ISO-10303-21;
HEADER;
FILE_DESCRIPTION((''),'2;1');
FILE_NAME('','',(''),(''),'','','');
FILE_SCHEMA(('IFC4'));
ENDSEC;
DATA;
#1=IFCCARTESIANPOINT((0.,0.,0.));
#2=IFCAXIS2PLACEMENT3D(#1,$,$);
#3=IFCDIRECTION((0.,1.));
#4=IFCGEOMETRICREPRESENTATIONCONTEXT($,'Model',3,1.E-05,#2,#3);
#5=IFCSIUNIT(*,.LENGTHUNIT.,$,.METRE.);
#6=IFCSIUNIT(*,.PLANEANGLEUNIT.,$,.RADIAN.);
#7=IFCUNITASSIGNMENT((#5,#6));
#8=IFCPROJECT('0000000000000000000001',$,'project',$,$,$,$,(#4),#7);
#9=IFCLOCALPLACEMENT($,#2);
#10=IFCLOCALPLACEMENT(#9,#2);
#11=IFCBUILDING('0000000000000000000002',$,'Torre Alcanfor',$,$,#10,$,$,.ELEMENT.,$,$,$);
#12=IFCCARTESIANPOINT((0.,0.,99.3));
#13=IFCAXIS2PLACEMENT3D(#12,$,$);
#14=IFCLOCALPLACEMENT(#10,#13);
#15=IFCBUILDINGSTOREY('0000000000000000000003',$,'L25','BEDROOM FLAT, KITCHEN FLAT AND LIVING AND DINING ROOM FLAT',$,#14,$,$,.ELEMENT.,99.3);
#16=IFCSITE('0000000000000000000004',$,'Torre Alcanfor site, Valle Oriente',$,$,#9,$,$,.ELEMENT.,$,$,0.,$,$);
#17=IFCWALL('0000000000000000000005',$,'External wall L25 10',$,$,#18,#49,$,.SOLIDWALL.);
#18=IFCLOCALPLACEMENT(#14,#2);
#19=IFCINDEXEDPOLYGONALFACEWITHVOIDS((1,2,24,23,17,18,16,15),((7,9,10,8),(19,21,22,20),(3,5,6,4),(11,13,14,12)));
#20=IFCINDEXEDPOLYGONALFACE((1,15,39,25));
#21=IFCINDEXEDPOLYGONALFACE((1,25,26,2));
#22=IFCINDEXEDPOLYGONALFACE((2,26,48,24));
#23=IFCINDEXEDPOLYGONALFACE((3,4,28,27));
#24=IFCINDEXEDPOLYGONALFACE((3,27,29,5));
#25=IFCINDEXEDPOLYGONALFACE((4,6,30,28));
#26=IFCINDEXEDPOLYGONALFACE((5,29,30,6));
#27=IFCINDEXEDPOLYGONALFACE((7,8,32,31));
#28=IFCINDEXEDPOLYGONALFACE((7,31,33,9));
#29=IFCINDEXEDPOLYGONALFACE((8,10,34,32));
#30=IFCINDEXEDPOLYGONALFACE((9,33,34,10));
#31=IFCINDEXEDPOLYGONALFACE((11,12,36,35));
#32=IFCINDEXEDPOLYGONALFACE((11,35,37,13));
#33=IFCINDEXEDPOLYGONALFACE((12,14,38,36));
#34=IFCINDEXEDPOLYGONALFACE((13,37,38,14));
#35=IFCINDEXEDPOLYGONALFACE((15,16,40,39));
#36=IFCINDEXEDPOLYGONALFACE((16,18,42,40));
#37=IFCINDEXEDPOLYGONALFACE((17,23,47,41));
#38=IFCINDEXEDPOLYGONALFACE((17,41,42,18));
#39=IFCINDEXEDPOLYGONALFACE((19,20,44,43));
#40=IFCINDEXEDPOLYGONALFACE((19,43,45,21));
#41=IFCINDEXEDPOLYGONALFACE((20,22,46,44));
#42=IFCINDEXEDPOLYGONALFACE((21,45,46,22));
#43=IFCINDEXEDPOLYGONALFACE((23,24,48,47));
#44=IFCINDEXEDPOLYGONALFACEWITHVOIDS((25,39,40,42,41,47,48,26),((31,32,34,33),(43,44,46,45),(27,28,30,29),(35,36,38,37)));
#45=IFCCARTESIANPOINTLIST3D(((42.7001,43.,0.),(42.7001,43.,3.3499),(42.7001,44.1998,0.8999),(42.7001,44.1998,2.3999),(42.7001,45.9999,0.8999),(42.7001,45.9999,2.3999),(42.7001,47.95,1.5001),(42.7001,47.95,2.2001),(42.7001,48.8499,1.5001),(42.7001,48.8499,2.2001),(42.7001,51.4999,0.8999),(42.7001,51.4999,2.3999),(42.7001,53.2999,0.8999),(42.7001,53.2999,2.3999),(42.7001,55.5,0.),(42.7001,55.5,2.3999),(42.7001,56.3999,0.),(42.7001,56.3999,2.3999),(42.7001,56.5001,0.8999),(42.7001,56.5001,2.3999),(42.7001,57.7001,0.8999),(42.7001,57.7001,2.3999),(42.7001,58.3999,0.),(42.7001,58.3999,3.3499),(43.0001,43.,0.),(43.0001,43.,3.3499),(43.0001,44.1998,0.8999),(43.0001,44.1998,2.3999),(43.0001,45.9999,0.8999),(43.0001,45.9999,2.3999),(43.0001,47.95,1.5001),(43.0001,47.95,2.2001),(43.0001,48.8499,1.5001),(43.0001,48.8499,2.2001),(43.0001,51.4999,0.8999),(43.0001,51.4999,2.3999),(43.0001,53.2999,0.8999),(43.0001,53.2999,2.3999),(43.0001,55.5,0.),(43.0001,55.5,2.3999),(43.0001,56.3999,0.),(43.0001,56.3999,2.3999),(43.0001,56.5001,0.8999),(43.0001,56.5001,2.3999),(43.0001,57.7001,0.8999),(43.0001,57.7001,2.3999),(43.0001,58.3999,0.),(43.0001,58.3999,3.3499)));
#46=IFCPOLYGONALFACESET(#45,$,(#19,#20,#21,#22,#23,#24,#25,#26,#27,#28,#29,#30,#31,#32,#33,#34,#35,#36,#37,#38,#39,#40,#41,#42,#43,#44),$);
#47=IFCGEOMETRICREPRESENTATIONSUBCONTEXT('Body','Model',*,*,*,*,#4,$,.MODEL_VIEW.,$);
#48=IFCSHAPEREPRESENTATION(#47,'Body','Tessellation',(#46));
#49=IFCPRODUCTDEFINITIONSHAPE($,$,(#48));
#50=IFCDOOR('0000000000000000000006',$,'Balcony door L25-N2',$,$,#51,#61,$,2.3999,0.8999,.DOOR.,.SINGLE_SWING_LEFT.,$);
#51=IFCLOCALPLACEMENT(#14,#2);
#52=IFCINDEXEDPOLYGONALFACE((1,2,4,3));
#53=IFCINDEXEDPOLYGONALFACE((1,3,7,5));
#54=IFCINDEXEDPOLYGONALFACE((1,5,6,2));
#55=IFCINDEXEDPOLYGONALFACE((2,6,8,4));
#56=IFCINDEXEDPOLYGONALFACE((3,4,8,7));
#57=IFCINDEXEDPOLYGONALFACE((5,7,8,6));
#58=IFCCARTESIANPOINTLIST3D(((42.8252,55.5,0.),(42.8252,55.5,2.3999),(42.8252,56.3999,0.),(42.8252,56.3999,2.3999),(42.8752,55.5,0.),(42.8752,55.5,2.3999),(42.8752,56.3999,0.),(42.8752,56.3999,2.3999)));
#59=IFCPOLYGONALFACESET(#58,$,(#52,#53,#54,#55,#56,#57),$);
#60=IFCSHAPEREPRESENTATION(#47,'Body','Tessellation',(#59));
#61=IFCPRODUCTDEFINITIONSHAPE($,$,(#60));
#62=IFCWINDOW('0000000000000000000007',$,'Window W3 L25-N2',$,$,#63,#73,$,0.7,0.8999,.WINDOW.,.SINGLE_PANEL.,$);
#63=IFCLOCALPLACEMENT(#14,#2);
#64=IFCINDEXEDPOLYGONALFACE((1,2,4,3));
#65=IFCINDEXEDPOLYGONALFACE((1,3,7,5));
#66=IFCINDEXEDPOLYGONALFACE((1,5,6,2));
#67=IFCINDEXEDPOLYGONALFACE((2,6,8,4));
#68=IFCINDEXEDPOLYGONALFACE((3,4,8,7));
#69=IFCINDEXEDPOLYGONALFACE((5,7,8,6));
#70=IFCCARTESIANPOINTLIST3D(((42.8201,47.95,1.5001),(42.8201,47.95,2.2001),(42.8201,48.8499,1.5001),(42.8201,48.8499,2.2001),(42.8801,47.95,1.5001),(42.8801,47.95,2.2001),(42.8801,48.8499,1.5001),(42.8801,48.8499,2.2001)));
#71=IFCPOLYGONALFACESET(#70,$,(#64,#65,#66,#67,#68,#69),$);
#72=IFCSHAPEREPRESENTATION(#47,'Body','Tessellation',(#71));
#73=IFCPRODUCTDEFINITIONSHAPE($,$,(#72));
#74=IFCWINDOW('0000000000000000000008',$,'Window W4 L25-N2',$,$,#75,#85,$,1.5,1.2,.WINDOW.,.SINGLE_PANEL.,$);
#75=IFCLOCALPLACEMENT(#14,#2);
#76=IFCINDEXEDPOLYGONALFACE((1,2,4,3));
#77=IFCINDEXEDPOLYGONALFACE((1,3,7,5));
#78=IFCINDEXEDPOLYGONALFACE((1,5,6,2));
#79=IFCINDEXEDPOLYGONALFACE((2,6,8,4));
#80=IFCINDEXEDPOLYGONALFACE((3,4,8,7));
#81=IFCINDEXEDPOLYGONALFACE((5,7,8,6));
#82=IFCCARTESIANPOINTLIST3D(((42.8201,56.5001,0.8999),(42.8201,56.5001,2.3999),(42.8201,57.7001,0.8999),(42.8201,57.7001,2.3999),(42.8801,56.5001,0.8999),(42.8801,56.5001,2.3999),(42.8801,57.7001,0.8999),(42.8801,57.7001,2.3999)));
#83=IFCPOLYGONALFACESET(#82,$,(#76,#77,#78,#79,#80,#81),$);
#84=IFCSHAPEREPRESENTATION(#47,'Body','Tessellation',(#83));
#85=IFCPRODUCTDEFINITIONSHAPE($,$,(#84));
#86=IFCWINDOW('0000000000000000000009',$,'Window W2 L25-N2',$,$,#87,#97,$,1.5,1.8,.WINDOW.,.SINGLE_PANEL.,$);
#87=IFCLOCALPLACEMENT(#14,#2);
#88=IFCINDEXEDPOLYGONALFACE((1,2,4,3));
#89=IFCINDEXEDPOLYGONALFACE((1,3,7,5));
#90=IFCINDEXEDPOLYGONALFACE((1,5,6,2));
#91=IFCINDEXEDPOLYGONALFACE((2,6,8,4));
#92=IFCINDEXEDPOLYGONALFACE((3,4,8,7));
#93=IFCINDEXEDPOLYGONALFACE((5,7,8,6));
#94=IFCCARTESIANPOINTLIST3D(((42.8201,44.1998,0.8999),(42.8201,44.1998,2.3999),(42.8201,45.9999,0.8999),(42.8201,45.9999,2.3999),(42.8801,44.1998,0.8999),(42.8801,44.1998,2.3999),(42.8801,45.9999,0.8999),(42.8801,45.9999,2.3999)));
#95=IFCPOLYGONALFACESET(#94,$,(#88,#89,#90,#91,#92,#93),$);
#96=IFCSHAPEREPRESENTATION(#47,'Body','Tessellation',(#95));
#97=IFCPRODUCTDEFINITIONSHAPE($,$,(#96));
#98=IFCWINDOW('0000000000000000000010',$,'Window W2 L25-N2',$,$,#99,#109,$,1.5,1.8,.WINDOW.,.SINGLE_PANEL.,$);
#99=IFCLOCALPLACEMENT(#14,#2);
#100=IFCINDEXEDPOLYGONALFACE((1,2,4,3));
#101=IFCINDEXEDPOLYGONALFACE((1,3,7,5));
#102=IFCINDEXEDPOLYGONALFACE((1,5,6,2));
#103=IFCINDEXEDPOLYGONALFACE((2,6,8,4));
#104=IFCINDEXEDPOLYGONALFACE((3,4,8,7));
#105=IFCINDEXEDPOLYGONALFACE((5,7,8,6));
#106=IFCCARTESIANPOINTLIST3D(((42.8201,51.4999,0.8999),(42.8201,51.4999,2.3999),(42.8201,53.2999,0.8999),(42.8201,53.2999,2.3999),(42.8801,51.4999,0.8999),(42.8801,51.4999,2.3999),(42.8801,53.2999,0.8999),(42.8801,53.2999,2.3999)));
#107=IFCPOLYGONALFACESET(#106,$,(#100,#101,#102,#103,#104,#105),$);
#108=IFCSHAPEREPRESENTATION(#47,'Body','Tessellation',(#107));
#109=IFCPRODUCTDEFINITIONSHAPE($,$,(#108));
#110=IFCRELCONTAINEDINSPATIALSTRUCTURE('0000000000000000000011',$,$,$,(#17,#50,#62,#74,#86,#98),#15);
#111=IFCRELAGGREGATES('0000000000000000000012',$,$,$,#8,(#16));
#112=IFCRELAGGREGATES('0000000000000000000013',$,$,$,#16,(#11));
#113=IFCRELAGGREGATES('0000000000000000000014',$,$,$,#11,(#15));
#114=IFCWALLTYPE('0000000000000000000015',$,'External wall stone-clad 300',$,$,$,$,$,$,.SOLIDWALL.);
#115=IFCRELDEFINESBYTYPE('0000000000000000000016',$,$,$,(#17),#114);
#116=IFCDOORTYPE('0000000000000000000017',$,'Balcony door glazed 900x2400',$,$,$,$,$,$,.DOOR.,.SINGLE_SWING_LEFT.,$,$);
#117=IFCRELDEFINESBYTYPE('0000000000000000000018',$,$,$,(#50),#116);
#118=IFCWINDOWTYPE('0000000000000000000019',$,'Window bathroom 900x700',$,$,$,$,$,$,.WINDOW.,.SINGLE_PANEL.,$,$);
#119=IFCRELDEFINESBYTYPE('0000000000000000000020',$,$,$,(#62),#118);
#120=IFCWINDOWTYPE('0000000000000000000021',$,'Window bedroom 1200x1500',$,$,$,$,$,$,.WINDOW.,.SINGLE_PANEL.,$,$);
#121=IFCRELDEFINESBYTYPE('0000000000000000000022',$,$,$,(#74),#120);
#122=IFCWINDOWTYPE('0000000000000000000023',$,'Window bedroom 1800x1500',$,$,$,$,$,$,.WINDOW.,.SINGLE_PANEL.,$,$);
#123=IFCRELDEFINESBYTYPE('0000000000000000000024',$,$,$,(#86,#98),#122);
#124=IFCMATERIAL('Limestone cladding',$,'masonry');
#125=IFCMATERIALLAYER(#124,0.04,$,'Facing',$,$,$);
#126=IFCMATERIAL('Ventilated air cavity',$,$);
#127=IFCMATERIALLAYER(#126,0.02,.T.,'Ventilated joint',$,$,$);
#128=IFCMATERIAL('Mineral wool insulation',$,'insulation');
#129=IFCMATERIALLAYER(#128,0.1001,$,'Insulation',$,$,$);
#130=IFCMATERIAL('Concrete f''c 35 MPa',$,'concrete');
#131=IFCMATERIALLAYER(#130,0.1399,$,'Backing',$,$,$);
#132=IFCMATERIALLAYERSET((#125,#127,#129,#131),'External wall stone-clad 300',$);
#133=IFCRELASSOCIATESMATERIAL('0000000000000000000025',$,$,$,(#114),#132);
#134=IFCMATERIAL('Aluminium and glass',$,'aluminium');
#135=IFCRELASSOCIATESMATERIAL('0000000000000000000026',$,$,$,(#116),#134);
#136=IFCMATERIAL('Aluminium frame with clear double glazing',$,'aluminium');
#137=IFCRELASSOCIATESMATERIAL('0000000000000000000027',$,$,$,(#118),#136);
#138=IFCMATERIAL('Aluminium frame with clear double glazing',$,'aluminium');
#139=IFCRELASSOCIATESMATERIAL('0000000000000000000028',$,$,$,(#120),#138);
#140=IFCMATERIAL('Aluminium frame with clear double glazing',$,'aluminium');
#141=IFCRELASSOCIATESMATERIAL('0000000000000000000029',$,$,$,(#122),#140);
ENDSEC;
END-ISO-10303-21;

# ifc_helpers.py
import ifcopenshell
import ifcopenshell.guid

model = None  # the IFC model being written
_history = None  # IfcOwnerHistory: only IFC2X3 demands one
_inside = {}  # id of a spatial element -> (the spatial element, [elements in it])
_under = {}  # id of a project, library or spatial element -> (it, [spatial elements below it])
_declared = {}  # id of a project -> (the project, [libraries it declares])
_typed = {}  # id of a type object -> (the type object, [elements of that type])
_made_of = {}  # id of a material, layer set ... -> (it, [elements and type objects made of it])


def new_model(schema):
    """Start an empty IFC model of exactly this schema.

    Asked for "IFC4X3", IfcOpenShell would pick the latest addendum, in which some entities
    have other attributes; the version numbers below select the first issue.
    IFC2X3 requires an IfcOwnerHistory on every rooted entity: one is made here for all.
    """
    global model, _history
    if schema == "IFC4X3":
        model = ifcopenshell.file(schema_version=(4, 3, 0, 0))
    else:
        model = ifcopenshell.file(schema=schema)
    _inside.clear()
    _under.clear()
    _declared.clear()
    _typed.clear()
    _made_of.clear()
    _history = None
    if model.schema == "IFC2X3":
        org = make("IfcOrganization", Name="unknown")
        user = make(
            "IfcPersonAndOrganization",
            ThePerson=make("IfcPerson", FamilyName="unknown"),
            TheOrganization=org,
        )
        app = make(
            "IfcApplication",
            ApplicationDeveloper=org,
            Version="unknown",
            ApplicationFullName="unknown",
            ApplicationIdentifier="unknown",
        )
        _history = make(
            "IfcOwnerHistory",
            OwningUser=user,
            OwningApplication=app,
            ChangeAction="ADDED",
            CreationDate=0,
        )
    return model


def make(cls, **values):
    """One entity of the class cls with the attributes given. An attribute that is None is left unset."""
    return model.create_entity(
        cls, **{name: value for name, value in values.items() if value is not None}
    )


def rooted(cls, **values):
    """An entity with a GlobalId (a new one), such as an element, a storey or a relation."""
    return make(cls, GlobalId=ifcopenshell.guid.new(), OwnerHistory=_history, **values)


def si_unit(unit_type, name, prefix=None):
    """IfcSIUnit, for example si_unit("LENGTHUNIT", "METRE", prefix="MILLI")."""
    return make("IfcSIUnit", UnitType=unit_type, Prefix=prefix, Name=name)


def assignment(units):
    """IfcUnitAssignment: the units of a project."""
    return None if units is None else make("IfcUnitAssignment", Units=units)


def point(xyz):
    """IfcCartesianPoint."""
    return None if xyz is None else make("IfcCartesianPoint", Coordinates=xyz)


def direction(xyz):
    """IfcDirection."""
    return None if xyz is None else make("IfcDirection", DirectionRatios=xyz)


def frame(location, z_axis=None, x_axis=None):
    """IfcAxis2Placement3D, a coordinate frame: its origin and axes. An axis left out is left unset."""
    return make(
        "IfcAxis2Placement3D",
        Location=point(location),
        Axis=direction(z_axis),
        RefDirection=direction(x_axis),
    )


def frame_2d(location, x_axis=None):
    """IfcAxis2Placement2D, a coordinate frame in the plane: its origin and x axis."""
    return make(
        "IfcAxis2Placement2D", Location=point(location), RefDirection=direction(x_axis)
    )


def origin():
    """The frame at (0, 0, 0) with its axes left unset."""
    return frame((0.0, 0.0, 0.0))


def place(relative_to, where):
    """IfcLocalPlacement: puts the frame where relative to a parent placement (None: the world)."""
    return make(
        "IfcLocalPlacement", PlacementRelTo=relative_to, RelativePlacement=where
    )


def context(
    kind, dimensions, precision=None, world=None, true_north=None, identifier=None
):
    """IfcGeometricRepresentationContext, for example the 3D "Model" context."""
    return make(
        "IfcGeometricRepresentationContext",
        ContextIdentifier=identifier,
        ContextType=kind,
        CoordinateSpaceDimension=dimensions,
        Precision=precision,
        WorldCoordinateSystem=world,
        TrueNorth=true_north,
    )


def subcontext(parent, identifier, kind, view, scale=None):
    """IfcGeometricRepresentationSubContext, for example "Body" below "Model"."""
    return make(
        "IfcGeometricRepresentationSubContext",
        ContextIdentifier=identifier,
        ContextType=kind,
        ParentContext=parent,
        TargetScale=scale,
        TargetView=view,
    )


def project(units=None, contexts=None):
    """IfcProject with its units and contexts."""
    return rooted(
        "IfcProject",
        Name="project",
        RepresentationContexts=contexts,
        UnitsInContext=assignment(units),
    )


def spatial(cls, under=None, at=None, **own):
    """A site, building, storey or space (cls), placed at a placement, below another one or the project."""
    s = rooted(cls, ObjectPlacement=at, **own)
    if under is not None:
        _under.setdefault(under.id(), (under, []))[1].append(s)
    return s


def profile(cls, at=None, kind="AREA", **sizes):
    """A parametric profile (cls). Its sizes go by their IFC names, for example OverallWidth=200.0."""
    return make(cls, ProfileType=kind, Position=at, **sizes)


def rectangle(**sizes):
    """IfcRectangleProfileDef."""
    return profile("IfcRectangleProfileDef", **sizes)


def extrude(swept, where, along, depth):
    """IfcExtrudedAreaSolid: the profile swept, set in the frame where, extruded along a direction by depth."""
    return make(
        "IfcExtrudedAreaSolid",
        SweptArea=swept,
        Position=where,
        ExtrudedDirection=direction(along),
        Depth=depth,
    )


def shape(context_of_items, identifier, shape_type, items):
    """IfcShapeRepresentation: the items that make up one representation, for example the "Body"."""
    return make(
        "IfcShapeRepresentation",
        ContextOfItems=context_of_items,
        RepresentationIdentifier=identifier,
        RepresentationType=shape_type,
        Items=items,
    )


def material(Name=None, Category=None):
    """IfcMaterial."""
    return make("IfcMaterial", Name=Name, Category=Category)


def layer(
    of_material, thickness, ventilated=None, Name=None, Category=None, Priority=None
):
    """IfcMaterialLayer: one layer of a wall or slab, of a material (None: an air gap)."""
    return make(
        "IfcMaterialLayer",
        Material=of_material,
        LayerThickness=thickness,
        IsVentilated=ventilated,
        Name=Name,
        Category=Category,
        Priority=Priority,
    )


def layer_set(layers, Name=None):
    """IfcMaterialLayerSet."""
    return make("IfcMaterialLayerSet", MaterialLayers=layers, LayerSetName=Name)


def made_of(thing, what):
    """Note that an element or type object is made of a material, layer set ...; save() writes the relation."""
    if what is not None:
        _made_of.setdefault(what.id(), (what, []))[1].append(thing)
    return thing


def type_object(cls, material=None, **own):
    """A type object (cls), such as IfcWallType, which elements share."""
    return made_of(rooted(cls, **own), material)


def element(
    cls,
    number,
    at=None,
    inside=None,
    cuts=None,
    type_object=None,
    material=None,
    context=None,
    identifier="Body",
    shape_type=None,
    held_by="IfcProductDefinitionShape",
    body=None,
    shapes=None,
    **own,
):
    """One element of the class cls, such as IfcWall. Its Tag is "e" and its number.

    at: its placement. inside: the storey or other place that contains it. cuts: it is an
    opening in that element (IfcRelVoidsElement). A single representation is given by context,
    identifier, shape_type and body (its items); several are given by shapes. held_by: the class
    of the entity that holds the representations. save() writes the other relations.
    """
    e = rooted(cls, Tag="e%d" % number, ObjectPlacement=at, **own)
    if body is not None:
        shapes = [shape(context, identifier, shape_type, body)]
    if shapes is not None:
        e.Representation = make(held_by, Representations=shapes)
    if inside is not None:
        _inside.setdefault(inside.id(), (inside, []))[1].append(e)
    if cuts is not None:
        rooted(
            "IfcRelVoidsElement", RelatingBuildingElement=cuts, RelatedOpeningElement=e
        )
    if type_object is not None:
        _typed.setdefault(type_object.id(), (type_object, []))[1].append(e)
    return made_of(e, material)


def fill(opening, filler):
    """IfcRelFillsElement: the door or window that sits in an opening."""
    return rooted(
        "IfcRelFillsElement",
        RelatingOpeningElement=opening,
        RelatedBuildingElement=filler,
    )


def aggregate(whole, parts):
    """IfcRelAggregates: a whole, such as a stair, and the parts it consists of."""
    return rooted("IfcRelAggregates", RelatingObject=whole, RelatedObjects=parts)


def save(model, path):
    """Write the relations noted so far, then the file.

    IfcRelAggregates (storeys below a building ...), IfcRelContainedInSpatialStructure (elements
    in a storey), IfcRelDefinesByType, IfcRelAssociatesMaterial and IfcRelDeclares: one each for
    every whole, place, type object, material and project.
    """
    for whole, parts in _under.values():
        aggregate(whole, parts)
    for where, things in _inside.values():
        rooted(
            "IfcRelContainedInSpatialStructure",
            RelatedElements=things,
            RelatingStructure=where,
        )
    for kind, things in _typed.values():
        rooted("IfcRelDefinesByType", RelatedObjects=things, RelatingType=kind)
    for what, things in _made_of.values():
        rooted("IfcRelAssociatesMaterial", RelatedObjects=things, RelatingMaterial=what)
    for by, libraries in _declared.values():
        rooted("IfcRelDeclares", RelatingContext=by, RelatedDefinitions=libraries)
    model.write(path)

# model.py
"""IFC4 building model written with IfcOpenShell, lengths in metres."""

from ifc_helpers import new_model, si_unit, direction, frame, frame_2d, origin, place, context, subcontext, project, spatial, rectangle, extrude, material, layer, layer_set, type_object, element, fill, save


model = new_model("IFC4")

# Units and contexts
model_context = context("Model", 3, precision=1e-05, world=origin(), true_north=direction((0.0, 1.0)))
body_context = subcontext(model_context, "Body", "Model", "MODEL_VIEW")
ifc_project = project(units=[si_unit("LENGTHUNIT", "METRE"), si_unit("PLANEANGLEUNIT", "RADIAN")], contexts=[model_context])

# Site, building, storey
site_placement = place(None, origin())
site = spatial("IfcSite", under=ifc_project, at=site_placement, Name="Torre Alcanfor site, Valle Oriente", CompositionType="ELEMENT", RefElevation=0.0)
building_placement = place(site_placement, origin())
building = spatial("IfcBuilding", under=site, at=building_placement, Name="Torre Alcanfor", CompositionType="ELEMENT")
storey_placement = place(building_placement, frame((0.0, 0.0, 99.3)))
storey = spatial("IfcBuildingStorey", under=building, at=storey_placement, Name="L25", Description="BEDROOM FLAT, KITCHEN FLAT AND LIVING AND DINING ROOM FLAT", CompositionType="ELEMENT", Elevation=99.3)

# Wall, openings, door, windows
ifc_material_1 = material(Name="Limestone cladding", Category="masonry")
ifc_layer_1 = layer(ifc_material_1, 0.04, Name="Facing")
ifc_material_2 = material(Name="Ventilated air cavity")
ifc_layer_2 = layer(ifc_material_2, 0.02, ventilated=True, Name="Ventilated joint")
ifc_material_3 = material(Name="Mineral wool insulation", Category="insulation")
ifc_layer_3 = layer(ifc_material_3, 0.1001, Name="Insulation")
ifc_material_4 = material(Name="Concrete f'c 35 MPa", Category="concrete")
ifc_layer_4 = layer(ifc_material_4, 0.1399, Name="Backing")
ifc_layer_set_1 = layer_set([ifc_layer_1, ifc_layer_2, ifc_layer_3, ifc_layer_4], Name="External wall stone-clad 300")
wall_type_1 = type_object("IfcWallType", Name="External wall stone-clad 300", PredefinedType="SOLIDWALL", material=ifc_layer_set_1)
ifc_material_5 = material(Name="Aluminium and glass", Category="aluminium")
door_type = type_object("IfcDoorType", Name="Balcony door glazed 900x2400", OperationType="SINGLE_SWING_LEFT", PredefinedType="DOOR", material=ifc_material_5)
ifc_material_6 = material(Name="Aluminium frame with clear double glazing", Category="aluminium")
window_type_1 = type_object("IfcWindowType", Name="Window bathroom 900x700", PartitioningType="SINGLE_PANEL", PredefinedType="WINDOW", material=ifc_material_6)
ifc_material_7 = material(Name="Aluminium frame with clear double glazing", Category="aluminium")
window_type_2 = type_object("IfcWindowType", Name="Window bedroom 1200x1500", PartitioningType="SINGLE_PANEL", PredefinedType="WINDOW", material=ifc_material_7)
ifc_material_8 = material(Name="Aluminium frame with clear double glazing", Category="aluminium")
window_type_3 = type_object("IfcWindowType", Name="Window bedroom 1800x1500", PartitioningType="SINGLE_PANEL", PredefinedType="WINDOW", material=ifc_material_8)
wall_1_placement = place(storey_placement, frame((42.8501, 43.0, 0.0), z_axis=(0.0, 0.0, 1.0), x_axis=(0.0, 1.0, 0.0)))
wall_1 = element("IfcWall", 1, at=wall_1_placement, inside=storey, type_object=wall_type_1, Name="External wall L25 10", PredefinedType="SOLIDWALL", context=body_context, shape_type="SweptSolid", body=[
    extrude(rectangle(XDim=15.3999, YDim=0.3, at=frame_2d((7.7, 0.0))), origin(), (0.0, 0.0, 1.0), 3.3499),
])
opening_1_placement = place(wall_1_placement, frame((1.2, 0.0, 0.8999)))
opening_1 = element("IfcOpeningElement", 2, at=opening_1_placement, cuts=wall_1, PredefinedType="OPENING", context=body_context, shape_type="SweptSolid", body=[
    extrude(rectangle(XDim=1.8, YDim=1.5, at=frame_2d((0.8999, 0.75))), frame((0.0, 0.1599, 0.0), z_axis=(0.0, -1.0, 0.0), x_axis=(1.0, 0.0, 0.0)), (0.0, 0.0, 1.0), 0.3201),
])
opening_2_placement = place(wall_1_placement, frame((4.95, 0.0, 1.5)))
opening_2 = element("IfcOpeningElement", 3, at=opening_2_placement, cuts=wall_1, PredefinedType="OPENING", context=body_context, shape_type="SweptSolid", body=[
    extrude(rectangle(XDim=0.8999, YDim=0.7, at=frame_2d((0.45, 0.3501))), frame((0.0, 0.1599, 0.0), z_axis=(0.0, -1.0, 0.0), x_axis=(1.0, 0.0, 0.0)), (0.0, 0.0, 1.0), 0.3201),
])
opening_3_placement = place(wall_1_placement, frame((8.5, 0.0, 0.8999)))
opening_3 = element("IfcOpeningElement", 4, at=opening_3_placement, cuts=wall_1, PredefinedType="OPENING", context=body_context, shape_type="SweptSolid", body=[
    extrude(rectangle(XDim=1.8, YDim=1.5, at=frame_2d((0.8999, 0.75))), frame((0.0, 0.1599, 0.0), z_axis=(0.0, -1.0, 0.0), x_axis=(1.0, 0.0, 0.0)), (0.0, 0.0, 1.0), 0.3201),
])
opening_4_placement = place(wall_1_placement, frame((12.5, 0.0, 0.0)))
opening_4 = element("IfcOpeningElement", 5, at=opening_4_placement, cuts=wall_1, PredefinedType="OPENING", context=body_context, shape_type="SweptSolid", body=[
    extrude(rectangle(XDim=0.8999, YDim=2.3999, at=frame_2d((0.45, 1.2))), frame((0.0, 0.1599, 0.0), z_axis=(0.0, -1.0, 0.0), x_axis=(1.0, 0.0, 0.0)), (0.0, 0.0, 1.0), 0.3201),
])
opening_5_placement = place(wall_1_placement, frame((13.5, 0.0, 0.8999)))
opening_5 = element("IfcOpeningElement", 6, at=opening_5_placement, cuts=wall_1, PredefinedType="OPENING", context=body_context, shape_type="SweptSolid", body=[
    extrude(rectangle(XDim=1.2, YDim=1.5, at=frame_2d((0.6001, 0.75))), frame((0.0, 0.1599, 0.0), z_axis=(0.0, -1.0, 0.0), x_axis=(1.0, 0.0, 0.0)), (0.0, 0.0, 1.0), 0.3201),
])
door_1_placement = place(opening_4_placement, origin())
door_1 = element("IfcDoor", 7, at=door_1_placement, inside=storey, type_object=door_type, Name="Balcony door L25-N2", OperationType="SINGLE_SWING_LEFT", OverallHeight=2.3999, OverallWidth=0.8999, PredefinedType="DOOR", context=body_context, shape_type="SweptSolid", body=[
    extrude(rectangle(XDim=0.8999, YDim=2.3999, at=frame_2d((0.45, 1.2))), frame((0.0, 0.0249, 0.0), z_axis=(0.0, -1.0, 0.0), x_axis=(1.0, 0.0, 0.0)), (0.0, 0.0, 1.0), 0.05),
])
fill(opening_4, door_1)
window_1_placement = place(opening_2_placement, origin())
window_1 = element("IfcWindow", 8, at=window_1_placement, inside=storey, type_object=window_type_1, Name="Window W3 L25-N2", OverallHeight=0.7, OverallWidth=0.8999, PartitioningType="SINGLE_PANEL", PredefinedType="WINDOW", context=body_context, shape_type="SweptSolid", body=[
    extrude(rectangle(XDim=0.8999, YDim=0.7, at=frame_2d((0.45, 0.3501))), frame((0.0, 0.03, 0.0), z_axis=(0.0, -1.0, 0.0), x_axis=(1.0, 0.0, 0.0)), (0.0, 0.0, 1.0), 0.0601),
])
fill(opening_2, window_1)
window_2_placement = place(opening_5_placement, origin())
window_2 = element("IfcWindow", 9, at=window_2_placement, inside=storey, type_object=window_type_2, Name="Window W4 L25-N2", OverallHeight=1.5, OverallWidth=1.2, PartitioningType="SINGLE_PANEL", PredefinedType="WINDOW", context=body_context, shape_type="SweptSolid", body=[
    extrude(rectangle(XDim=1.2, YDim=1.5, at=frame_2d((0.6001, 0.75))), frame((0.0, 0.03, 0.0), z_axis=(0.0, -1.0, 0.0), x_axis=(1.0, 0.0, 0.0)), (0.0, 0.0, 1.0), 0.0601),
])
fill(opening_5, window_2)
window_3_placement = place(opening_1_placement, origin())
window_3 = element("IfcWindow", 10, at=window_3_placement, inside=storey, type_object=window_type_3, Name="Window W2 L25-N2", OverallHeight=1.5, OverallWidth=1.8, PartitioningType="SINGLE_PANEL", PredefinedType="WINDOW", context=body_context, shape_type="SweptSolid", body=[
    extrude(rectangle(XDim=1.8, YDim=1.5, at=frame_2d((0.8999, 0.75))), frame((0.0, 0.03, 0.0), z_axis=(0.0, -1.0, 0.0), x_axis=(1.0, 0.0, 0.0)), (0.0, 0.0, 1.0), 0.0601),
])
fill(opening_1, window_3)
window_4_placement = place(opening_3_placement, origin())
window_4 = element("IfcWindow", 11, at=window_4_placement, inside=storey, type_object=window_type_3, Name="Window W2 L25-N2", OverallHeight=1.5, OverallWidth=1.8, PartitioningType="SINGLE_PANEL", PredefinedType="WINDOW", context=body_context, shape_type="SweptSolid", body=[
    extrude(rectangle(XDim=1.8, YDim=1.5, at=frame_2d((0.8999, 0.75))), frame((0.0, 0.03, 0.0), z_axis=(0.0, -1.0, 0.0), x_axis=(1.0, 0.0, 0.0)), (0.0, 0.0, 1.0), 0.0601),
])
fill(opening_3, window_4)

save(model, "model.ifc")
